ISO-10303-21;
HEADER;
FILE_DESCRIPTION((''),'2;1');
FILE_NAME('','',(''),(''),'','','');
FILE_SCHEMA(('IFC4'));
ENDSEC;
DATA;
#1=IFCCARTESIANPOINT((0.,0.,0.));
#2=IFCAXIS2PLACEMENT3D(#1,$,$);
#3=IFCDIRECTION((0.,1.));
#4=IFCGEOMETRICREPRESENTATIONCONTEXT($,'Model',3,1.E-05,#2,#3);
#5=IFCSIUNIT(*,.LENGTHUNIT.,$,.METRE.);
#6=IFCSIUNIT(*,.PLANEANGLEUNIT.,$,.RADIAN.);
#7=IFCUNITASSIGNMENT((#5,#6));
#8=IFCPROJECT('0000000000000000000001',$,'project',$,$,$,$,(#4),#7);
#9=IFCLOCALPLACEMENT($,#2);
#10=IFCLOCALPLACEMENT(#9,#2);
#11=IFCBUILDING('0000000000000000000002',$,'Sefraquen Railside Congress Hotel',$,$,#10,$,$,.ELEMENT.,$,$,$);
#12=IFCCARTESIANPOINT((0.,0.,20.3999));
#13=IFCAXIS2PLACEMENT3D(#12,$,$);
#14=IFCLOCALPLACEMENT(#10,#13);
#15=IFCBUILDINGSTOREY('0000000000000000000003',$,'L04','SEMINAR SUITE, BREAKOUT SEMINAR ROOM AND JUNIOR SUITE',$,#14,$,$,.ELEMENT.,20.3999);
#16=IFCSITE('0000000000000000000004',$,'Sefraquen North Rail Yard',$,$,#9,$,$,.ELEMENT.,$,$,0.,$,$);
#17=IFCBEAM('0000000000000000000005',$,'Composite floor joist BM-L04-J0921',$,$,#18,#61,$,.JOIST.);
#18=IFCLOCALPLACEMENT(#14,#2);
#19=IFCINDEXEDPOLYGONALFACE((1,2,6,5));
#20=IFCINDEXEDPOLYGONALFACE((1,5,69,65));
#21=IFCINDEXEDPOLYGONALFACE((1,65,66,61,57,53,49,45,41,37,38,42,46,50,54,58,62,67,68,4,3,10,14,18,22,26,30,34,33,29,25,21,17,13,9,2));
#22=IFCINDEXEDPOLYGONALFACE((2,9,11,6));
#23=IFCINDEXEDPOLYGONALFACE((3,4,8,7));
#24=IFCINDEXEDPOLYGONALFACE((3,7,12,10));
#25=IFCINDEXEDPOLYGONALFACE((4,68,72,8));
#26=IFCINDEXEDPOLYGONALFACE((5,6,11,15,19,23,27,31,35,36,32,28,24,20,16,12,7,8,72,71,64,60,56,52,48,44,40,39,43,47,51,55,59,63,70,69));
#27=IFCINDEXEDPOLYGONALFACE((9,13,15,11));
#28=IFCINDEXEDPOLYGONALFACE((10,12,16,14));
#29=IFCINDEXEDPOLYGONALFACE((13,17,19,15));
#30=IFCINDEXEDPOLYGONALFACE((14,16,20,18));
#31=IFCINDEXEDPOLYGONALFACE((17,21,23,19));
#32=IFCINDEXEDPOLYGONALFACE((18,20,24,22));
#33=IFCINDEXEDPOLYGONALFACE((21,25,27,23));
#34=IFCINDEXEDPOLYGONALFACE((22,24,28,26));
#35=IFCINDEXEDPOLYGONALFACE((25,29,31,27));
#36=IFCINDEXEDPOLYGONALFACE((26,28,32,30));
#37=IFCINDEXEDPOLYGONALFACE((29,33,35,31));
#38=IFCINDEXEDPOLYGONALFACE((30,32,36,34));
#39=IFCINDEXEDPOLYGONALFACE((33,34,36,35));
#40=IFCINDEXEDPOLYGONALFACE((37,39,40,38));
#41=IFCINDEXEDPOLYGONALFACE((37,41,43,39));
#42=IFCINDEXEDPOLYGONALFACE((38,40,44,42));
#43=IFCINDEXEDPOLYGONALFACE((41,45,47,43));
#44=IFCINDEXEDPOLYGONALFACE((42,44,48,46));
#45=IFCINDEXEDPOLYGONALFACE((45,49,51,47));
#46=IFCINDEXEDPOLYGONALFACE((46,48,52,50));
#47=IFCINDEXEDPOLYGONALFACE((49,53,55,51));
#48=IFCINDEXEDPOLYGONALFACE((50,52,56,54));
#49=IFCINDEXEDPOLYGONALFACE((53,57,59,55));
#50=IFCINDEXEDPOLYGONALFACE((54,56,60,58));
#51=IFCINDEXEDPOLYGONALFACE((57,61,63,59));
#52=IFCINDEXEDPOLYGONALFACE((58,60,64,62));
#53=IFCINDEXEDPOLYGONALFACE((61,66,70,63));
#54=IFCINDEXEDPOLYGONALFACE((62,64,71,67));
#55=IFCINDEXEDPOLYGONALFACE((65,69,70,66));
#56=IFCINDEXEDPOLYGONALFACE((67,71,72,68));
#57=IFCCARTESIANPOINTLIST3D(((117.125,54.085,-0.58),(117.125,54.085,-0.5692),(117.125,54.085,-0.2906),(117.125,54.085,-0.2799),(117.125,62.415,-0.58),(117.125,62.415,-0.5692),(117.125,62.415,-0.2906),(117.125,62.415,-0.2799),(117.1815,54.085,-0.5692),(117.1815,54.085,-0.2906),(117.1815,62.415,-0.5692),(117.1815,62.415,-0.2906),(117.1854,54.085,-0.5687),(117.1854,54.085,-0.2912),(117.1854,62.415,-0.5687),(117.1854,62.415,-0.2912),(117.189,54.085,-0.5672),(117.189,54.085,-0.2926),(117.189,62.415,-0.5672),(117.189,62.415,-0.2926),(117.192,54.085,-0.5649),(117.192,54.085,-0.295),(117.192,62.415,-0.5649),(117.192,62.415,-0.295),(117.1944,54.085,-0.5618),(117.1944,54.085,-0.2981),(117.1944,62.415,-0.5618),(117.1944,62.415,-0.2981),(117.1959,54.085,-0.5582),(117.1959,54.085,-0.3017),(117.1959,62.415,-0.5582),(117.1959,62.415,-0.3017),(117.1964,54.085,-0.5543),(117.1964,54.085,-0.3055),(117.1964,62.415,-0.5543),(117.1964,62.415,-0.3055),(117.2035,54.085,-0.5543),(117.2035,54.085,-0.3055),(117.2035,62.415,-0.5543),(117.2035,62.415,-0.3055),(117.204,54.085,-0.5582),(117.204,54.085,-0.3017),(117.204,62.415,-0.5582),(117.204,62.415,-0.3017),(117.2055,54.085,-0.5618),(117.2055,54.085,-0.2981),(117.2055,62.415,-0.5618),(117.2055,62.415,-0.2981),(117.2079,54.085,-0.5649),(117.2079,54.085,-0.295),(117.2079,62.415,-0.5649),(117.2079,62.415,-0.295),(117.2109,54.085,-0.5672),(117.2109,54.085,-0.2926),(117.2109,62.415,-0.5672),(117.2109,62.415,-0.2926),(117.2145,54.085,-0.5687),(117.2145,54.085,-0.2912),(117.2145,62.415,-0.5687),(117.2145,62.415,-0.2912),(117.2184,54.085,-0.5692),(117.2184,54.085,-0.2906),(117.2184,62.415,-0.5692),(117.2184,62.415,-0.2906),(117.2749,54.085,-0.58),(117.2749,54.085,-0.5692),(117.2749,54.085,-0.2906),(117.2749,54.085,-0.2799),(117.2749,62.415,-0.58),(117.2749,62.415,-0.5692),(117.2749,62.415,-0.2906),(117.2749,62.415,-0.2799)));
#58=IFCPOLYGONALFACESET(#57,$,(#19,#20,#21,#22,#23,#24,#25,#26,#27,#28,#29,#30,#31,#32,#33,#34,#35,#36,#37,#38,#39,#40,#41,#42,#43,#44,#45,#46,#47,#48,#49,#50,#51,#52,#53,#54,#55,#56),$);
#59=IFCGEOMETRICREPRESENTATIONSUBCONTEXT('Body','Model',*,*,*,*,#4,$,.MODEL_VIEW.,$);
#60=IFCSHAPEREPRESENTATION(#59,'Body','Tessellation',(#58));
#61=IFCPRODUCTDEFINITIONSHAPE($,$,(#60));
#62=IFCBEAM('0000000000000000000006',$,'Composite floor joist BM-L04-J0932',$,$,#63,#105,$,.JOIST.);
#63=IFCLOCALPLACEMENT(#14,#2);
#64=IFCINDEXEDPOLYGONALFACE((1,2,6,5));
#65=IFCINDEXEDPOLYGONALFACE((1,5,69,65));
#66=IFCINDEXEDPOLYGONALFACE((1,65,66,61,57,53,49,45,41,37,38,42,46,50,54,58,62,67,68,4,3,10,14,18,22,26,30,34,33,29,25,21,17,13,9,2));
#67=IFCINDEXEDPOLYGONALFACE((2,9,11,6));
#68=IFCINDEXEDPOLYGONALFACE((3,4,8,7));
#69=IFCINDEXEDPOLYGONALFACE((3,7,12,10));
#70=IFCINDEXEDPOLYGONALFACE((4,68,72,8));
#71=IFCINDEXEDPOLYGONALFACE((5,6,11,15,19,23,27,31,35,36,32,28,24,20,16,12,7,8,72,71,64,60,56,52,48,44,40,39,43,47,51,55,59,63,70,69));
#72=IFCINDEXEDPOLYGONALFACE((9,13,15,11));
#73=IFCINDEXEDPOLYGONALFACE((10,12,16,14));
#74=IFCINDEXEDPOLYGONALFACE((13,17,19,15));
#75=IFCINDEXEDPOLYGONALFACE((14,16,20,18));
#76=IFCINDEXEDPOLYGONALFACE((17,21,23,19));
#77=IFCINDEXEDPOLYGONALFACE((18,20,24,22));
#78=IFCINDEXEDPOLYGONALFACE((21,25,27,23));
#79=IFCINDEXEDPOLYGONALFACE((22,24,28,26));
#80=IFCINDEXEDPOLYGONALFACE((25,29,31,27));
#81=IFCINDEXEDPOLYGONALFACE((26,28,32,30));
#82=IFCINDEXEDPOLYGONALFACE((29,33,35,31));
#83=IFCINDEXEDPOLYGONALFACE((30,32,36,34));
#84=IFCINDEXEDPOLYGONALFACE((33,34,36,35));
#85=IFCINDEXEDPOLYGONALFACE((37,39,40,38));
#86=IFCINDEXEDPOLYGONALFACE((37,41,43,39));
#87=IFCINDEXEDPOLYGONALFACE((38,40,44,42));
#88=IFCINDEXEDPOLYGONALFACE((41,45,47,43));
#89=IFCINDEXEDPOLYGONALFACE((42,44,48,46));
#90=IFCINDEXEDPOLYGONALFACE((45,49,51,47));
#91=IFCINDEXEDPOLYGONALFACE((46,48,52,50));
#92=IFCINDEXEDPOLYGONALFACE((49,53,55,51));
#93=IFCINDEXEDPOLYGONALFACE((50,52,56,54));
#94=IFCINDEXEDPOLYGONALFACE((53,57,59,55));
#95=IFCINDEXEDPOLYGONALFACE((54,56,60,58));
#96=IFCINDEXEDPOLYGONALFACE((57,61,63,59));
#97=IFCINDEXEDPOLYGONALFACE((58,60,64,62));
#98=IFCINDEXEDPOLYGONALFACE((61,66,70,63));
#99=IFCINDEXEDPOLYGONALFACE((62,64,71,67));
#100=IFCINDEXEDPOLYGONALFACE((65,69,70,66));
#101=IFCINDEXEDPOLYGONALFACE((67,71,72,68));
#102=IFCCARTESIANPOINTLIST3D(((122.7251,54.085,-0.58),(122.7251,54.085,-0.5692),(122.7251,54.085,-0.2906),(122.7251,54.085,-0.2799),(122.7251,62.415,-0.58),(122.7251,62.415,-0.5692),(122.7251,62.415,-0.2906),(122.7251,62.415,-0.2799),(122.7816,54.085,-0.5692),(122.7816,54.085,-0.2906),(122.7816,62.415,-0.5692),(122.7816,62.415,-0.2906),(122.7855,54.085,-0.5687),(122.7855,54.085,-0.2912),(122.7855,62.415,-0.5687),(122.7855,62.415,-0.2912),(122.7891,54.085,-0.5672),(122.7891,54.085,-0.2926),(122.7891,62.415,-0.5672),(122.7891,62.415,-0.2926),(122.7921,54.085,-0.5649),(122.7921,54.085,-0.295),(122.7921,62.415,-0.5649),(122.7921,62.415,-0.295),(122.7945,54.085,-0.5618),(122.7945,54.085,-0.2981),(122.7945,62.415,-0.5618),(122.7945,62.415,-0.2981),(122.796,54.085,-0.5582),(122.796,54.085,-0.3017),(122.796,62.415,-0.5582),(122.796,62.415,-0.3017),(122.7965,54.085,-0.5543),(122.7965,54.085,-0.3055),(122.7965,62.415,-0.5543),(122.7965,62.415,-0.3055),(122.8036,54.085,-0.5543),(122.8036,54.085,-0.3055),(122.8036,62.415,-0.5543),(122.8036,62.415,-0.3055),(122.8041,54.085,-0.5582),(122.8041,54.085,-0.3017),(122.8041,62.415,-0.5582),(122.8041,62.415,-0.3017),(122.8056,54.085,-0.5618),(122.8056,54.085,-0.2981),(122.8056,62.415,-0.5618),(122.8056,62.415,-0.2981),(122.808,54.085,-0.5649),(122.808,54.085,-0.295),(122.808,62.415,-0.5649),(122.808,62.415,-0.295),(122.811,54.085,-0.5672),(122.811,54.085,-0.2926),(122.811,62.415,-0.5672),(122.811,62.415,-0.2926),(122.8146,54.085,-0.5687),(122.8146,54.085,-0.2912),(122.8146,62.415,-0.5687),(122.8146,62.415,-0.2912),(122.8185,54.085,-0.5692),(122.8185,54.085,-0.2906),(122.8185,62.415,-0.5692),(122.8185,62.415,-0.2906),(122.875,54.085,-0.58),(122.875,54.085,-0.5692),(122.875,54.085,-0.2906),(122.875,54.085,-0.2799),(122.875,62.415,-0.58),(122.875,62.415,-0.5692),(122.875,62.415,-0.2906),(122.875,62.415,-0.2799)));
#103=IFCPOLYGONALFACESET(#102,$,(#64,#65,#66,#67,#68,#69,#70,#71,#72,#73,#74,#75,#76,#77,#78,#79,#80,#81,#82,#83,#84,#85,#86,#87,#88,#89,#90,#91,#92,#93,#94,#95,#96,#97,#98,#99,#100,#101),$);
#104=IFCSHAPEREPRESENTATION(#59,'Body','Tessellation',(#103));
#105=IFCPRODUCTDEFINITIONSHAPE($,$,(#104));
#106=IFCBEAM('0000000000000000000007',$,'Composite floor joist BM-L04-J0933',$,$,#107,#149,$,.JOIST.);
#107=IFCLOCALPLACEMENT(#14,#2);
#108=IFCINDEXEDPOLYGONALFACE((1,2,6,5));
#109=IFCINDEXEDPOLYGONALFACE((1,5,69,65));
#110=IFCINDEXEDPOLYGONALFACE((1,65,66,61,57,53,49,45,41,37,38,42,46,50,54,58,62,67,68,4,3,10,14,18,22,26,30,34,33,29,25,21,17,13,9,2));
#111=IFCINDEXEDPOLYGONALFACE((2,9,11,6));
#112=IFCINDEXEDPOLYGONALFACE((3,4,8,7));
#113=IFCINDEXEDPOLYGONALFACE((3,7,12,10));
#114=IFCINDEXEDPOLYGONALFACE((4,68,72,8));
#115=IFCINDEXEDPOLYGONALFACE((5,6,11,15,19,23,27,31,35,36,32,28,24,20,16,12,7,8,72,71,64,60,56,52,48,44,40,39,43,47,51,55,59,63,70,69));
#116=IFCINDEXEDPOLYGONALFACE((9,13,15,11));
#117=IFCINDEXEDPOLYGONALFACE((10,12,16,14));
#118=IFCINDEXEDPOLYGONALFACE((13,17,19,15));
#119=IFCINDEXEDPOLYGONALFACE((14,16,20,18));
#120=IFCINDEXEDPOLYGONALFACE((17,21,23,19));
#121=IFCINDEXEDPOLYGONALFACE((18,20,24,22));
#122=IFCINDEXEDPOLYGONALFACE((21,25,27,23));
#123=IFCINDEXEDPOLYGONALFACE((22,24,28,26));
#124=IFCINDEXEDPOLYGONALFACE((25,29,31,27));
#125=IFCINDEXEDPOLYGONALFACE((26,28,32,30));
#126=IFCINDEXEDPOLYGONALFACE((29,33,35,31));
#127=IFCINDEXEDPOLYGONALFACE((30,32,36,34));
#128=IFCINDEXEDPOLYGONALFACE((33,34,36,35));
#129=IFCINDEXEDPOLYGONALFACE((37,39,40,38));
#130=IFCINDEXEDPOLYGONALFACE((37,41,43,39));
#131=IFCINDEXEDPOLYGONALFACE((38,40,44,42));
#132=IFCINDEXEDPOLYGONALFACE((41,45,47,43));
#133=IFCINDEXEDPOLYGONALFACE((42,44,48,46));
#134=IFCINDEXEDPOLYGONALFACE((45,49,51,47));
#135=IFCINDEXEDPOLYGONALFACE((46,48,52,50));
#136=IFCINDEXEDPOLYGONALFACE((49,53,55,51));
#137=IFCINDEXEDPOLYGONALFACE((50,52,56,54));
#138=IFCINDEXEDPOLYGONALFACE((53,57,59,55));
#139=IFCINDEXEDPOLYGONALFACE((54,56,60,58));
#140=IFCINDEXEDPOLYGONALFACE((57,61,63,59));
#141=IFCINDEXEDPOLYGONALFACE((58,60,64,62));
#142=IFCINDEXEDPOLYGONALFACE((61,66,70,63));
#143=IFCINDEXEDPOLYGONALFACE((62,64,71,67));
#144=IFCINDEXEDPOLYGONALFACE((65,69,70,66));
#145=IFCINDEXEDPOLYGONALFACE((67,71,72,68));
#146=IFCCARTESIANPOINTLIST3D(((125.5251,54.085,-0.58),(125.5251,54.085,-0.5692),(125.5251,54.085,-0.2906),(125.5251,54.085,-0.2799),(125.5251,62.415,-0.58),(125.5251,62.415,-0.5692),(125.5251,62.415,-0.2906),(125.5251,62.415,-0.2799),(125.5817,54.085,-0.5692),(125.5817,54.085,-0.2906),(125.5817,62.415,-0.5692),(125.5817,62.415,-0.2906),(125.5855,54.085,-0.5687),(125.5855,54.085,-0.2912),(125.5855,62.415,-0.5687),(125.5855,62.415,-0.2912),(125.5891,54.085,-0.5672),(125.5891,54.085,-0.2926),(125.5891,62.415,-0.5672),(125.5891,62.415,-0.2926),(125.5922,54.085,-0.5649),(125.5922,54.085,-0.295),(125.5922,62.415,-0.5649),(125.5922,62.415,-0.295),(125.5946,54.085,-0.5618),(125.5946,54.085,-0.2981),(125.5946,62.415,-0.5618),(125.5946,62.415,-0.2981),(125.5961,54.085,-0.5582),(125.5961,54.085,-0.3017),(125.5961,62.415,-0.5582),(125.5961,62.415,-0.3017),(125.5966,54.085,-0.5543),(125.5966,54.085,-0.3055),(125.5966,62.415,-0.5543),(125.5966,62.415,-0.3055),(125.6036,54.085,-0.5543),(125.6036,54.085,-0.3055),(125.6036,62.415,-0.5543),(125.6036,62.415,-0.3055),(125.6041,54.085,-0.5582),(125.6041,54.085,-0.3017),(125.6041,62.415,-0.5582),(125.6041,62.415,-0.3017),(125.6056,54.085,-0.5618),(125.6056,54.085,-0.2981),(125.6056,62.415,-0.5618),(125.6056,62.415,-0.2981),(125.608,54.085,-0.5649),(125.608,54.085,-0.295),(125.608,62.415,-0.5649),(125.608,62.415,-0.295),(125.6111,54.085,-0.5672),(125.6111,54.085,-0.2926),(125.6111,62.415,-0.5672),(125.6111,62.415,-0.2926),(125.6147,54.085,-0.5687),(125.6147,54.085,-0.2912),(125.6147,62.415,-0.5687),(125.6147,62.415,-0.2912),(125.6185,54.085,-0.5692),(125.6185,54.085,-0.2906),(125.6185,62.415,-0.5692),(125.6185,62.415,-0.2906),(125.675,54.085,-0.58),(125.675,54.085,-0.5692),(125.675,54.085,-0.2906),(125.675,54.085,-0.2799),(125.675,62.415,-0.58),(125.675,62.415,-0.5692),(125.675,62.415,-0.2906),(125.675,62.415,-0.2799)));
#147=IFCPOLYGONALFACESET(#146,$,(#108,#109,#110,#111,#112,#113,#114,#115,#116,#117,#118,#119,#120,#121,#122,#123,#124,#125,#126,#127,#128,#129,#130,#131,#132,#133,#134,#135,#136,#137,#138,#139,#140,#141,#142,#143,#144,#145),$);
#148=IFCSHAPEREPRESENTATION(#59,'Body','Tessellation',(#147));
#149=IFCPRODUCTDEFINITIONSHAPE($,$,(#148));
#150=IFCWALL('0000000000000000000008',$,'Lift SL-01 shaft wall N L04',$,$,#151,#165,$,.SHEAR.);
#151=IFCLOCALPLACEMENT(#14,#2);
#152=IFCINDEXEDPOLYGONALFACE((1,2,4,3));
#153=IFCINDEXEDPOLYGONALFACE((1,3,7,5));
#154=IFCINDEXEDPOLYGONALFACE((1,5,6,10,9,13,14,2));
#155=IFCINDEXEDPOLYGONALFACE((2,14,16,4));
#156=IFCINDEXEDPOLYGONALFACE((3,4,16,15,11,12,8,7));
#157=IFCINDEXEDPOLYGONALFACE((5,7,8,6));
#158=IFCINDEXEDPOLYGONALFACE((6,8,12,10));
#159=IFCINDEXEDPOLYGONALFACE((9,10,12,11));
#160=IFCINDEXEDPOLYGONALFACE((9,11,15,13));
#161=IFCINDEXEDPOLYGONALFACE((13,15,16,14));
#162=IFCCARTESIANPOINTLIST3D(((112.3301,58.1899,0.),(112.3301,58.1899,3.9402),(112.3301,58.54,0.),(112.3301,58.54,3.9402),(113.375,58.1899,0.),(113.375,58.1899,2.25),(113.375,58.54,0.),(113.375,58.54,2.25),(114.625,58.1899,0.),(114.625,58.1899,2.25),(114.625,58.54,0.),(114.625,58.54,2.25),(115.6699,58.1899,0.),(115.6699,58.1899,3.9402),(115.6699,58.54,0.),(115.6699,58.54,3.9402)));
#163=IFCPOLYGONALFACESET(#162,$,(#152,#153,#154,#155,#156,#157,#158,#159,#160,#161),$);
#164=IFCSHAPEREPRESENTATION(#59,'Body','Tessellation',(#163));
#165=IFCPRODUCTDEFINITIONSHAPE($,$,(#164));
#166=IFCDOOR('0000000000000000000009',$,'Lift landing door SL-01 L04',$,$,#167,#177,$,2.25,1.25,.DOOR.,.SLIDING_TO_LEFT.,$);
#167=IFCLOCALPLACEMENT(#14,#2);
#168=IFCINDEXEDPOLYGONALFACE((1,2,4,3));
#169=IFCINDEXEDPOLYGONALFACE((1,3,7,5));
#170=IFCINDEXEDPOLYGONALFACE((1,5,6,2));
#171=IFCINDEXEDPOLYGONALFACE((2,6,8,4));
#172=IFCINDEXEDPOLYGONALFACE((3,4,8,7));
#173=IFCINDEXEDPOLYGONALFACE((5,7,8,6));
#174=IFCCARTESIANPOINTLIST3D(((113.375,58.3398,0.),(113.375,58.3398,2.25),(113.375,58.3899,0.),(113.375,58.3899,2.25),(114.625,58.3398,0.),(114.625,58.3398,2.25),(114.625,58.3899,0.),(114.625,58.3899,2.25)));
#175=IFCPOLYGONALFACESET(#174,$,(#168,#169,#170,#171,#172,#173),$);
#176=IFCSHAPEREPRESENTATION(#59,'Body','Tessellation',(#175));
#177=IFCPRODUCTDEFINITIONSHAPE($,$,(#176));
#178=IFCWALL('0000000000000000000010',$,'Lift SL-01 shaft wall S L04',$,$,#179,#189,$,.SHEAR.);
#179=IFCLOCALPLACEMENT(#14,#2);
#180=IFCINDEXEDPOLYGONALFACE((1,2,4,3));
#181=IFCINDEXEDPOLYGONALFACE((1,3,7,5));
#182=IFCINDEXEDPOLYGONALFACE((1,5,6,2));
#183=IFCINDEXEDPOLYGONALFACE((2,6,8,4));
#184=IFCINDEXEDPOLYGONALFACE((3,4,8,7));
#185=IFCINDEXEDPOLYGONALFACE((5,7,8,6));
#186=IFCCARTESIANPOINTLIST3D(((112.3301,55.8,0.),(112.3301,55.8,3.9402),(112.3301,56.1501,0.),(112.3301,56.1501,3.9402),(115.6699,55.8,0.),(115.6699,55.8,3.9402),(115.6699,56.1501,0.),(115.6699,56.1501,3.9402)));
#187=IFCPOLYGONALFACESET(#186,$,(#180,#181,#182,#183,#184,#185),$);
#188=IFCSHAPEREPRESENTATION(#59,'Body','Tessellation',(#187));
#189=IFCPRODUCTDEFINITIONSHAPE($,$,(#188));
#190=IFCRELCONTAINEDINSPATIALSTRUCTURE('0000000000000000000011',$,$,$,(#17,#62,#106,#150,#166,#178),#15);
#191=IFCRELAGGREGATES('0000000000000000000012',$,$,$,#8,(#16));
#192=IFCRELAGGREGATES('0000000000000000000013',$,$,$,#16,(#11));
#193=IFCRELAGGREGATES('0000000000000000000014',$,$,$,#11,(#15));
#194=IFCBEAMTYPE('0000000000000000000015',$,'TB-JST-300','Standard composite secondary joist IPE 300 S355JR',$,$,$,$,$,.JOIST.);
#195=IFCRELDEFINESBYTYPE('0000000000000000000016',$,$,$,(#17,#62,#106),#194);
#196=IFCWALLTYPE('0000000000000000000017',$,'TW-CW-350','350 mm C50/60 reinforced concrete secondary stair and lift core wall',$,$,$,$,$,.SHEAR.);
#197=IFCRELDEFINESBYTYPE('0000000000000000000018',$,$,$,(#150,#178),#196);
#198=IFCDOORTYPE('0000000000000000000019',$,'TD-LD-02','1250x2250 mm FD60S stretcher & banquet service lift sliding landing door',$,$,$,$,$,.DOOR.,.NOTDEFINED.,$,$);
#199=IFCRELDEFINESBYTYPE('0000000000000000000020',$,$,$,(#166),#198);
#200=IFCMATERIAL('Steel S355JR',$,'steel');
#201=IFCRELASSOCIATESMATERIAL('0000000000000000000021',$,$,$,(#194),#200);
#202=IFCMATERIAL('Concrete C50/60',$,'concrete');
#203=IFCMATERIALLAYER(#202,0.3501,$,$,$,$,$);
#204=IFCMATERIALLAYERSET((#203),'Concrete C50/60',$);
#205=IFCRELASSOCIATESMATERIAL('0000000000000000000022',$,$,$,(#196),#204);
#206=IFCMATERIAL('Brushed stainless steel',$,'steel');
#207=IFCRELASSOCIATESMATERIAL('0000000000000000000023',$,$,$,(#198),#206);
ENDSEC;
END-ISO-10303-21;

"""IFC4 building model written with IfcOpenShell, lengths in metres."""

from ifc_helpers import new_model, si_unit, direction, frame, frame_2d, origin, origin_2d, place, context, subcontext, project, spatial, rectangle, i_section, extrude, material, layer, layer_set, material_profile, profile_set, type_object, element, fill, save


model = new_model("IFC4")

# Units and contexts
model_context = context("Model", 3, precision=1e-05, world=origin(), true_north=direction((0.0, 1.0)))
body_context = subcontext(model_context, "Body", "Model", "MODEL_VIEW")
ifc_project = project(units=[si_unit("LENGTHUNIT", "METRE"), si_unit("PLANEANGLEUNIT", "RADIAN")], contexts=[model_context])

# Site, building, storey
site_placement = place(None, origin())
site = spatial("IfcSite", under=ifc_project, at=site_placement, Name="Sefraquen North Rail Yard", CompositionType="ELEMENT", RefElevation=0.0)
building_placement = place(site_placement, origin())
building = spatial("IfcBuilding", under=site, at=building_placement, Name="Sefraquen Railside Congress Hotel", CompositionType="ELEMENT")
storey_placement = place(building_placement, frame((0.0, 0.0, 20.3999)))
storey = spatial("IfcBuildingStorey", under=building, at=storey_placement, Name="L04", Description="SEMINAR SUITE, BREAKOUT SEMINAR ROOM AND JUNIOR SUITE", CompositionType="ELEMENT", Elevation=20.3999)

# Shared definitions
ifc_material_1 = material(Name="Steel S355JR", Category="steel")

# Beams
ifc_material_profile_1 = material_profile(ifc_material_1, i_section(OverallWidth=0.1499, OverallDepth=0.3, WebThickness=0.0071, FlangeThickness=0.0107, FilletRadius=0.0149, at=origin_2d()), Name="IPE 300")
ifc_profile_set_1 = profile_set([ifc_material_profile_1], Name="Steel S355JR")
beam_type_1 = type_object("IfcBeamType", Name="TB-JST-300", Description="Standard composite secondary joist IPE 300 S355JR", PredefinedType="JOIST", material=ifc_profile_set_1)
for number, where, z_axis, x_axis, name in (
    (1, (117.2, 54.085, -0.4299), (0.0, 1.0, 0.0), (-1.0, 0.0, 0.0), "Composite floor joist BM-L04-J0921"),
    (2, (122.8, 54.085, -0.4299), (0.0, 1.0, 0.0), (-1.0, 0.0, 0.0), "Composite floor joist BM-L04-J0932"),
    (3, (125.6001, 54.085, -0.4299), (0.0, 1.0, 0.0), (-1.0, 0.0, 0.0), "Composite floor joist BM-L04-J0933"),
):
    element("IfcBeam", number, at=place(storey_placement, frame(where, z_axis=z_axis, x_axis=x_axis)), inside=storey, type_object=beam_type_1, Name=name, PredefinedType="JOIST", context=body_context, shape_type="SweptSolid", body=[
        extrude(i_section(OverallWidth=0.1499, OverallDepth=0.3, WebThickness=0.0071, FlangeThickness=0.0107, FilletRadius=0.0149, at=origin_2d()), origin(), (0.0, 0.0, 1.0), 8.3301),
    ])

# Wall, opening, door
ifc_material_2 = material(Name="Concrete C50/60", Category="concrete")
ifc_layer_1 = layer(ifc_material_2, 0.3501)
ifc_layer_set_1 = layer_set([ifc_layer_1], Name="Concrete C50/60")
wall_type_1 = type_object("IfcWallType", Name="TW-CW-350", Description="350 mm C50/60 reinforced concrete secondary stair and lift core wall", PredefinedType="SHEAR", material=ifc_layer_set_1)
wall_1_placement = place(storey_placement, frame((112.3301, 58.365, 0.0), z_axis=(0.0, 0.0, 1.0), x_axis=(1.0, 0.0, 0.0)))
wall_1 = element("IfcWall", 4, at=wall_1_placement, inside=storey, type_object=wall_type_1, Name="Lift SL-01 shaft wall N L04", PredefinedType="SHEAR", context=body_context, shape_type="SweptSolid", body=[
    extrude(rectangle(XDim=3.3398, YDim=0.3501, at=frame_2d((1.6699, 0.0))), origin(), (0.0, 0.0, 1.0), 3.9402),
])
opening_1_placement = place(wall_1_placement, frame((1.0449, 0.0, 0.0)))
opening_1 = element("IfcOpeningElement", 5, at=opening_1_placement, cuts=wall_1, PredefinedType="OPENING", context=body_context, shape_type="SweptSolid", body=[
    extrude(rectangle(XDim=1.25, YDim=2.25, at=frame_2d((0.625, 1.125))), frame((0.0, 0.1851, 0.0), z_axis=(0.0, -1.0, 0.0), x_axis=(1.0, 0.0, 0.0)), (0.0, 0.0, 1.0), 0.3701),
])
ifc_material_3 = material(Name="Brushed stainless steel", Category="steel")
door_type_1 = type_object("IfcDoorType", Name="TD-LD-02", Description="1250x2250 mm FD60S stretcher & banquet service lift sliding landing door", OperationType="NOTDEFINED", PredefinedType="DOOR", material=ifc_material_3)
door_1_placement = place(opening_1_placement, origin())
door_1 = element("IfcDoor", 6, at=door_1_placement, inside=storey, type_object=door_type_1, Name="Lift landing door SL-01 L04", OperationType="SLIDING_TO_LEFT", OverallHeight=2.25, OverallWidth=1.25, PredefinedType="DOOR", context=body_context, shape_type="SweptSolid", body=[
    extrude(rectangle(XDim=1.25, YDim=2.25, at=frame_2d((0.625, 1.125))), frame((0.0, 0.0249, 0.0), z_axis=(0.0, -1.0, 0.0), x_axis=(1.0, 0.0, 0.0)), (0.0, 0.0, 1.0), 0.05),
])
fill(opening_1, door_1)

# Wall
wall_2_placement = place(storey_placement, frame((112.3301, 55.9751, 0.0), z_axis=(0.0, 0.0, 1.0), x_axis=(1.0, 0.0, 0.0)))
element("IfcWall", 7, at=wall_2_placement, inside=storey, type_object=wall_type_1, Name="Lift SL-01 shaft wall S L04", PredefinedType="SHEAR", context=body_context, shape_type="SweptSolid", body=[
    extrude(rectangle(XDim=3.3398, YDim=0.3501, at=frame_2d((1.6699, 0.0))), origin(), (0.0, 0.0, 1.0), 3.9402),
])

save(model, "model.ifc")
